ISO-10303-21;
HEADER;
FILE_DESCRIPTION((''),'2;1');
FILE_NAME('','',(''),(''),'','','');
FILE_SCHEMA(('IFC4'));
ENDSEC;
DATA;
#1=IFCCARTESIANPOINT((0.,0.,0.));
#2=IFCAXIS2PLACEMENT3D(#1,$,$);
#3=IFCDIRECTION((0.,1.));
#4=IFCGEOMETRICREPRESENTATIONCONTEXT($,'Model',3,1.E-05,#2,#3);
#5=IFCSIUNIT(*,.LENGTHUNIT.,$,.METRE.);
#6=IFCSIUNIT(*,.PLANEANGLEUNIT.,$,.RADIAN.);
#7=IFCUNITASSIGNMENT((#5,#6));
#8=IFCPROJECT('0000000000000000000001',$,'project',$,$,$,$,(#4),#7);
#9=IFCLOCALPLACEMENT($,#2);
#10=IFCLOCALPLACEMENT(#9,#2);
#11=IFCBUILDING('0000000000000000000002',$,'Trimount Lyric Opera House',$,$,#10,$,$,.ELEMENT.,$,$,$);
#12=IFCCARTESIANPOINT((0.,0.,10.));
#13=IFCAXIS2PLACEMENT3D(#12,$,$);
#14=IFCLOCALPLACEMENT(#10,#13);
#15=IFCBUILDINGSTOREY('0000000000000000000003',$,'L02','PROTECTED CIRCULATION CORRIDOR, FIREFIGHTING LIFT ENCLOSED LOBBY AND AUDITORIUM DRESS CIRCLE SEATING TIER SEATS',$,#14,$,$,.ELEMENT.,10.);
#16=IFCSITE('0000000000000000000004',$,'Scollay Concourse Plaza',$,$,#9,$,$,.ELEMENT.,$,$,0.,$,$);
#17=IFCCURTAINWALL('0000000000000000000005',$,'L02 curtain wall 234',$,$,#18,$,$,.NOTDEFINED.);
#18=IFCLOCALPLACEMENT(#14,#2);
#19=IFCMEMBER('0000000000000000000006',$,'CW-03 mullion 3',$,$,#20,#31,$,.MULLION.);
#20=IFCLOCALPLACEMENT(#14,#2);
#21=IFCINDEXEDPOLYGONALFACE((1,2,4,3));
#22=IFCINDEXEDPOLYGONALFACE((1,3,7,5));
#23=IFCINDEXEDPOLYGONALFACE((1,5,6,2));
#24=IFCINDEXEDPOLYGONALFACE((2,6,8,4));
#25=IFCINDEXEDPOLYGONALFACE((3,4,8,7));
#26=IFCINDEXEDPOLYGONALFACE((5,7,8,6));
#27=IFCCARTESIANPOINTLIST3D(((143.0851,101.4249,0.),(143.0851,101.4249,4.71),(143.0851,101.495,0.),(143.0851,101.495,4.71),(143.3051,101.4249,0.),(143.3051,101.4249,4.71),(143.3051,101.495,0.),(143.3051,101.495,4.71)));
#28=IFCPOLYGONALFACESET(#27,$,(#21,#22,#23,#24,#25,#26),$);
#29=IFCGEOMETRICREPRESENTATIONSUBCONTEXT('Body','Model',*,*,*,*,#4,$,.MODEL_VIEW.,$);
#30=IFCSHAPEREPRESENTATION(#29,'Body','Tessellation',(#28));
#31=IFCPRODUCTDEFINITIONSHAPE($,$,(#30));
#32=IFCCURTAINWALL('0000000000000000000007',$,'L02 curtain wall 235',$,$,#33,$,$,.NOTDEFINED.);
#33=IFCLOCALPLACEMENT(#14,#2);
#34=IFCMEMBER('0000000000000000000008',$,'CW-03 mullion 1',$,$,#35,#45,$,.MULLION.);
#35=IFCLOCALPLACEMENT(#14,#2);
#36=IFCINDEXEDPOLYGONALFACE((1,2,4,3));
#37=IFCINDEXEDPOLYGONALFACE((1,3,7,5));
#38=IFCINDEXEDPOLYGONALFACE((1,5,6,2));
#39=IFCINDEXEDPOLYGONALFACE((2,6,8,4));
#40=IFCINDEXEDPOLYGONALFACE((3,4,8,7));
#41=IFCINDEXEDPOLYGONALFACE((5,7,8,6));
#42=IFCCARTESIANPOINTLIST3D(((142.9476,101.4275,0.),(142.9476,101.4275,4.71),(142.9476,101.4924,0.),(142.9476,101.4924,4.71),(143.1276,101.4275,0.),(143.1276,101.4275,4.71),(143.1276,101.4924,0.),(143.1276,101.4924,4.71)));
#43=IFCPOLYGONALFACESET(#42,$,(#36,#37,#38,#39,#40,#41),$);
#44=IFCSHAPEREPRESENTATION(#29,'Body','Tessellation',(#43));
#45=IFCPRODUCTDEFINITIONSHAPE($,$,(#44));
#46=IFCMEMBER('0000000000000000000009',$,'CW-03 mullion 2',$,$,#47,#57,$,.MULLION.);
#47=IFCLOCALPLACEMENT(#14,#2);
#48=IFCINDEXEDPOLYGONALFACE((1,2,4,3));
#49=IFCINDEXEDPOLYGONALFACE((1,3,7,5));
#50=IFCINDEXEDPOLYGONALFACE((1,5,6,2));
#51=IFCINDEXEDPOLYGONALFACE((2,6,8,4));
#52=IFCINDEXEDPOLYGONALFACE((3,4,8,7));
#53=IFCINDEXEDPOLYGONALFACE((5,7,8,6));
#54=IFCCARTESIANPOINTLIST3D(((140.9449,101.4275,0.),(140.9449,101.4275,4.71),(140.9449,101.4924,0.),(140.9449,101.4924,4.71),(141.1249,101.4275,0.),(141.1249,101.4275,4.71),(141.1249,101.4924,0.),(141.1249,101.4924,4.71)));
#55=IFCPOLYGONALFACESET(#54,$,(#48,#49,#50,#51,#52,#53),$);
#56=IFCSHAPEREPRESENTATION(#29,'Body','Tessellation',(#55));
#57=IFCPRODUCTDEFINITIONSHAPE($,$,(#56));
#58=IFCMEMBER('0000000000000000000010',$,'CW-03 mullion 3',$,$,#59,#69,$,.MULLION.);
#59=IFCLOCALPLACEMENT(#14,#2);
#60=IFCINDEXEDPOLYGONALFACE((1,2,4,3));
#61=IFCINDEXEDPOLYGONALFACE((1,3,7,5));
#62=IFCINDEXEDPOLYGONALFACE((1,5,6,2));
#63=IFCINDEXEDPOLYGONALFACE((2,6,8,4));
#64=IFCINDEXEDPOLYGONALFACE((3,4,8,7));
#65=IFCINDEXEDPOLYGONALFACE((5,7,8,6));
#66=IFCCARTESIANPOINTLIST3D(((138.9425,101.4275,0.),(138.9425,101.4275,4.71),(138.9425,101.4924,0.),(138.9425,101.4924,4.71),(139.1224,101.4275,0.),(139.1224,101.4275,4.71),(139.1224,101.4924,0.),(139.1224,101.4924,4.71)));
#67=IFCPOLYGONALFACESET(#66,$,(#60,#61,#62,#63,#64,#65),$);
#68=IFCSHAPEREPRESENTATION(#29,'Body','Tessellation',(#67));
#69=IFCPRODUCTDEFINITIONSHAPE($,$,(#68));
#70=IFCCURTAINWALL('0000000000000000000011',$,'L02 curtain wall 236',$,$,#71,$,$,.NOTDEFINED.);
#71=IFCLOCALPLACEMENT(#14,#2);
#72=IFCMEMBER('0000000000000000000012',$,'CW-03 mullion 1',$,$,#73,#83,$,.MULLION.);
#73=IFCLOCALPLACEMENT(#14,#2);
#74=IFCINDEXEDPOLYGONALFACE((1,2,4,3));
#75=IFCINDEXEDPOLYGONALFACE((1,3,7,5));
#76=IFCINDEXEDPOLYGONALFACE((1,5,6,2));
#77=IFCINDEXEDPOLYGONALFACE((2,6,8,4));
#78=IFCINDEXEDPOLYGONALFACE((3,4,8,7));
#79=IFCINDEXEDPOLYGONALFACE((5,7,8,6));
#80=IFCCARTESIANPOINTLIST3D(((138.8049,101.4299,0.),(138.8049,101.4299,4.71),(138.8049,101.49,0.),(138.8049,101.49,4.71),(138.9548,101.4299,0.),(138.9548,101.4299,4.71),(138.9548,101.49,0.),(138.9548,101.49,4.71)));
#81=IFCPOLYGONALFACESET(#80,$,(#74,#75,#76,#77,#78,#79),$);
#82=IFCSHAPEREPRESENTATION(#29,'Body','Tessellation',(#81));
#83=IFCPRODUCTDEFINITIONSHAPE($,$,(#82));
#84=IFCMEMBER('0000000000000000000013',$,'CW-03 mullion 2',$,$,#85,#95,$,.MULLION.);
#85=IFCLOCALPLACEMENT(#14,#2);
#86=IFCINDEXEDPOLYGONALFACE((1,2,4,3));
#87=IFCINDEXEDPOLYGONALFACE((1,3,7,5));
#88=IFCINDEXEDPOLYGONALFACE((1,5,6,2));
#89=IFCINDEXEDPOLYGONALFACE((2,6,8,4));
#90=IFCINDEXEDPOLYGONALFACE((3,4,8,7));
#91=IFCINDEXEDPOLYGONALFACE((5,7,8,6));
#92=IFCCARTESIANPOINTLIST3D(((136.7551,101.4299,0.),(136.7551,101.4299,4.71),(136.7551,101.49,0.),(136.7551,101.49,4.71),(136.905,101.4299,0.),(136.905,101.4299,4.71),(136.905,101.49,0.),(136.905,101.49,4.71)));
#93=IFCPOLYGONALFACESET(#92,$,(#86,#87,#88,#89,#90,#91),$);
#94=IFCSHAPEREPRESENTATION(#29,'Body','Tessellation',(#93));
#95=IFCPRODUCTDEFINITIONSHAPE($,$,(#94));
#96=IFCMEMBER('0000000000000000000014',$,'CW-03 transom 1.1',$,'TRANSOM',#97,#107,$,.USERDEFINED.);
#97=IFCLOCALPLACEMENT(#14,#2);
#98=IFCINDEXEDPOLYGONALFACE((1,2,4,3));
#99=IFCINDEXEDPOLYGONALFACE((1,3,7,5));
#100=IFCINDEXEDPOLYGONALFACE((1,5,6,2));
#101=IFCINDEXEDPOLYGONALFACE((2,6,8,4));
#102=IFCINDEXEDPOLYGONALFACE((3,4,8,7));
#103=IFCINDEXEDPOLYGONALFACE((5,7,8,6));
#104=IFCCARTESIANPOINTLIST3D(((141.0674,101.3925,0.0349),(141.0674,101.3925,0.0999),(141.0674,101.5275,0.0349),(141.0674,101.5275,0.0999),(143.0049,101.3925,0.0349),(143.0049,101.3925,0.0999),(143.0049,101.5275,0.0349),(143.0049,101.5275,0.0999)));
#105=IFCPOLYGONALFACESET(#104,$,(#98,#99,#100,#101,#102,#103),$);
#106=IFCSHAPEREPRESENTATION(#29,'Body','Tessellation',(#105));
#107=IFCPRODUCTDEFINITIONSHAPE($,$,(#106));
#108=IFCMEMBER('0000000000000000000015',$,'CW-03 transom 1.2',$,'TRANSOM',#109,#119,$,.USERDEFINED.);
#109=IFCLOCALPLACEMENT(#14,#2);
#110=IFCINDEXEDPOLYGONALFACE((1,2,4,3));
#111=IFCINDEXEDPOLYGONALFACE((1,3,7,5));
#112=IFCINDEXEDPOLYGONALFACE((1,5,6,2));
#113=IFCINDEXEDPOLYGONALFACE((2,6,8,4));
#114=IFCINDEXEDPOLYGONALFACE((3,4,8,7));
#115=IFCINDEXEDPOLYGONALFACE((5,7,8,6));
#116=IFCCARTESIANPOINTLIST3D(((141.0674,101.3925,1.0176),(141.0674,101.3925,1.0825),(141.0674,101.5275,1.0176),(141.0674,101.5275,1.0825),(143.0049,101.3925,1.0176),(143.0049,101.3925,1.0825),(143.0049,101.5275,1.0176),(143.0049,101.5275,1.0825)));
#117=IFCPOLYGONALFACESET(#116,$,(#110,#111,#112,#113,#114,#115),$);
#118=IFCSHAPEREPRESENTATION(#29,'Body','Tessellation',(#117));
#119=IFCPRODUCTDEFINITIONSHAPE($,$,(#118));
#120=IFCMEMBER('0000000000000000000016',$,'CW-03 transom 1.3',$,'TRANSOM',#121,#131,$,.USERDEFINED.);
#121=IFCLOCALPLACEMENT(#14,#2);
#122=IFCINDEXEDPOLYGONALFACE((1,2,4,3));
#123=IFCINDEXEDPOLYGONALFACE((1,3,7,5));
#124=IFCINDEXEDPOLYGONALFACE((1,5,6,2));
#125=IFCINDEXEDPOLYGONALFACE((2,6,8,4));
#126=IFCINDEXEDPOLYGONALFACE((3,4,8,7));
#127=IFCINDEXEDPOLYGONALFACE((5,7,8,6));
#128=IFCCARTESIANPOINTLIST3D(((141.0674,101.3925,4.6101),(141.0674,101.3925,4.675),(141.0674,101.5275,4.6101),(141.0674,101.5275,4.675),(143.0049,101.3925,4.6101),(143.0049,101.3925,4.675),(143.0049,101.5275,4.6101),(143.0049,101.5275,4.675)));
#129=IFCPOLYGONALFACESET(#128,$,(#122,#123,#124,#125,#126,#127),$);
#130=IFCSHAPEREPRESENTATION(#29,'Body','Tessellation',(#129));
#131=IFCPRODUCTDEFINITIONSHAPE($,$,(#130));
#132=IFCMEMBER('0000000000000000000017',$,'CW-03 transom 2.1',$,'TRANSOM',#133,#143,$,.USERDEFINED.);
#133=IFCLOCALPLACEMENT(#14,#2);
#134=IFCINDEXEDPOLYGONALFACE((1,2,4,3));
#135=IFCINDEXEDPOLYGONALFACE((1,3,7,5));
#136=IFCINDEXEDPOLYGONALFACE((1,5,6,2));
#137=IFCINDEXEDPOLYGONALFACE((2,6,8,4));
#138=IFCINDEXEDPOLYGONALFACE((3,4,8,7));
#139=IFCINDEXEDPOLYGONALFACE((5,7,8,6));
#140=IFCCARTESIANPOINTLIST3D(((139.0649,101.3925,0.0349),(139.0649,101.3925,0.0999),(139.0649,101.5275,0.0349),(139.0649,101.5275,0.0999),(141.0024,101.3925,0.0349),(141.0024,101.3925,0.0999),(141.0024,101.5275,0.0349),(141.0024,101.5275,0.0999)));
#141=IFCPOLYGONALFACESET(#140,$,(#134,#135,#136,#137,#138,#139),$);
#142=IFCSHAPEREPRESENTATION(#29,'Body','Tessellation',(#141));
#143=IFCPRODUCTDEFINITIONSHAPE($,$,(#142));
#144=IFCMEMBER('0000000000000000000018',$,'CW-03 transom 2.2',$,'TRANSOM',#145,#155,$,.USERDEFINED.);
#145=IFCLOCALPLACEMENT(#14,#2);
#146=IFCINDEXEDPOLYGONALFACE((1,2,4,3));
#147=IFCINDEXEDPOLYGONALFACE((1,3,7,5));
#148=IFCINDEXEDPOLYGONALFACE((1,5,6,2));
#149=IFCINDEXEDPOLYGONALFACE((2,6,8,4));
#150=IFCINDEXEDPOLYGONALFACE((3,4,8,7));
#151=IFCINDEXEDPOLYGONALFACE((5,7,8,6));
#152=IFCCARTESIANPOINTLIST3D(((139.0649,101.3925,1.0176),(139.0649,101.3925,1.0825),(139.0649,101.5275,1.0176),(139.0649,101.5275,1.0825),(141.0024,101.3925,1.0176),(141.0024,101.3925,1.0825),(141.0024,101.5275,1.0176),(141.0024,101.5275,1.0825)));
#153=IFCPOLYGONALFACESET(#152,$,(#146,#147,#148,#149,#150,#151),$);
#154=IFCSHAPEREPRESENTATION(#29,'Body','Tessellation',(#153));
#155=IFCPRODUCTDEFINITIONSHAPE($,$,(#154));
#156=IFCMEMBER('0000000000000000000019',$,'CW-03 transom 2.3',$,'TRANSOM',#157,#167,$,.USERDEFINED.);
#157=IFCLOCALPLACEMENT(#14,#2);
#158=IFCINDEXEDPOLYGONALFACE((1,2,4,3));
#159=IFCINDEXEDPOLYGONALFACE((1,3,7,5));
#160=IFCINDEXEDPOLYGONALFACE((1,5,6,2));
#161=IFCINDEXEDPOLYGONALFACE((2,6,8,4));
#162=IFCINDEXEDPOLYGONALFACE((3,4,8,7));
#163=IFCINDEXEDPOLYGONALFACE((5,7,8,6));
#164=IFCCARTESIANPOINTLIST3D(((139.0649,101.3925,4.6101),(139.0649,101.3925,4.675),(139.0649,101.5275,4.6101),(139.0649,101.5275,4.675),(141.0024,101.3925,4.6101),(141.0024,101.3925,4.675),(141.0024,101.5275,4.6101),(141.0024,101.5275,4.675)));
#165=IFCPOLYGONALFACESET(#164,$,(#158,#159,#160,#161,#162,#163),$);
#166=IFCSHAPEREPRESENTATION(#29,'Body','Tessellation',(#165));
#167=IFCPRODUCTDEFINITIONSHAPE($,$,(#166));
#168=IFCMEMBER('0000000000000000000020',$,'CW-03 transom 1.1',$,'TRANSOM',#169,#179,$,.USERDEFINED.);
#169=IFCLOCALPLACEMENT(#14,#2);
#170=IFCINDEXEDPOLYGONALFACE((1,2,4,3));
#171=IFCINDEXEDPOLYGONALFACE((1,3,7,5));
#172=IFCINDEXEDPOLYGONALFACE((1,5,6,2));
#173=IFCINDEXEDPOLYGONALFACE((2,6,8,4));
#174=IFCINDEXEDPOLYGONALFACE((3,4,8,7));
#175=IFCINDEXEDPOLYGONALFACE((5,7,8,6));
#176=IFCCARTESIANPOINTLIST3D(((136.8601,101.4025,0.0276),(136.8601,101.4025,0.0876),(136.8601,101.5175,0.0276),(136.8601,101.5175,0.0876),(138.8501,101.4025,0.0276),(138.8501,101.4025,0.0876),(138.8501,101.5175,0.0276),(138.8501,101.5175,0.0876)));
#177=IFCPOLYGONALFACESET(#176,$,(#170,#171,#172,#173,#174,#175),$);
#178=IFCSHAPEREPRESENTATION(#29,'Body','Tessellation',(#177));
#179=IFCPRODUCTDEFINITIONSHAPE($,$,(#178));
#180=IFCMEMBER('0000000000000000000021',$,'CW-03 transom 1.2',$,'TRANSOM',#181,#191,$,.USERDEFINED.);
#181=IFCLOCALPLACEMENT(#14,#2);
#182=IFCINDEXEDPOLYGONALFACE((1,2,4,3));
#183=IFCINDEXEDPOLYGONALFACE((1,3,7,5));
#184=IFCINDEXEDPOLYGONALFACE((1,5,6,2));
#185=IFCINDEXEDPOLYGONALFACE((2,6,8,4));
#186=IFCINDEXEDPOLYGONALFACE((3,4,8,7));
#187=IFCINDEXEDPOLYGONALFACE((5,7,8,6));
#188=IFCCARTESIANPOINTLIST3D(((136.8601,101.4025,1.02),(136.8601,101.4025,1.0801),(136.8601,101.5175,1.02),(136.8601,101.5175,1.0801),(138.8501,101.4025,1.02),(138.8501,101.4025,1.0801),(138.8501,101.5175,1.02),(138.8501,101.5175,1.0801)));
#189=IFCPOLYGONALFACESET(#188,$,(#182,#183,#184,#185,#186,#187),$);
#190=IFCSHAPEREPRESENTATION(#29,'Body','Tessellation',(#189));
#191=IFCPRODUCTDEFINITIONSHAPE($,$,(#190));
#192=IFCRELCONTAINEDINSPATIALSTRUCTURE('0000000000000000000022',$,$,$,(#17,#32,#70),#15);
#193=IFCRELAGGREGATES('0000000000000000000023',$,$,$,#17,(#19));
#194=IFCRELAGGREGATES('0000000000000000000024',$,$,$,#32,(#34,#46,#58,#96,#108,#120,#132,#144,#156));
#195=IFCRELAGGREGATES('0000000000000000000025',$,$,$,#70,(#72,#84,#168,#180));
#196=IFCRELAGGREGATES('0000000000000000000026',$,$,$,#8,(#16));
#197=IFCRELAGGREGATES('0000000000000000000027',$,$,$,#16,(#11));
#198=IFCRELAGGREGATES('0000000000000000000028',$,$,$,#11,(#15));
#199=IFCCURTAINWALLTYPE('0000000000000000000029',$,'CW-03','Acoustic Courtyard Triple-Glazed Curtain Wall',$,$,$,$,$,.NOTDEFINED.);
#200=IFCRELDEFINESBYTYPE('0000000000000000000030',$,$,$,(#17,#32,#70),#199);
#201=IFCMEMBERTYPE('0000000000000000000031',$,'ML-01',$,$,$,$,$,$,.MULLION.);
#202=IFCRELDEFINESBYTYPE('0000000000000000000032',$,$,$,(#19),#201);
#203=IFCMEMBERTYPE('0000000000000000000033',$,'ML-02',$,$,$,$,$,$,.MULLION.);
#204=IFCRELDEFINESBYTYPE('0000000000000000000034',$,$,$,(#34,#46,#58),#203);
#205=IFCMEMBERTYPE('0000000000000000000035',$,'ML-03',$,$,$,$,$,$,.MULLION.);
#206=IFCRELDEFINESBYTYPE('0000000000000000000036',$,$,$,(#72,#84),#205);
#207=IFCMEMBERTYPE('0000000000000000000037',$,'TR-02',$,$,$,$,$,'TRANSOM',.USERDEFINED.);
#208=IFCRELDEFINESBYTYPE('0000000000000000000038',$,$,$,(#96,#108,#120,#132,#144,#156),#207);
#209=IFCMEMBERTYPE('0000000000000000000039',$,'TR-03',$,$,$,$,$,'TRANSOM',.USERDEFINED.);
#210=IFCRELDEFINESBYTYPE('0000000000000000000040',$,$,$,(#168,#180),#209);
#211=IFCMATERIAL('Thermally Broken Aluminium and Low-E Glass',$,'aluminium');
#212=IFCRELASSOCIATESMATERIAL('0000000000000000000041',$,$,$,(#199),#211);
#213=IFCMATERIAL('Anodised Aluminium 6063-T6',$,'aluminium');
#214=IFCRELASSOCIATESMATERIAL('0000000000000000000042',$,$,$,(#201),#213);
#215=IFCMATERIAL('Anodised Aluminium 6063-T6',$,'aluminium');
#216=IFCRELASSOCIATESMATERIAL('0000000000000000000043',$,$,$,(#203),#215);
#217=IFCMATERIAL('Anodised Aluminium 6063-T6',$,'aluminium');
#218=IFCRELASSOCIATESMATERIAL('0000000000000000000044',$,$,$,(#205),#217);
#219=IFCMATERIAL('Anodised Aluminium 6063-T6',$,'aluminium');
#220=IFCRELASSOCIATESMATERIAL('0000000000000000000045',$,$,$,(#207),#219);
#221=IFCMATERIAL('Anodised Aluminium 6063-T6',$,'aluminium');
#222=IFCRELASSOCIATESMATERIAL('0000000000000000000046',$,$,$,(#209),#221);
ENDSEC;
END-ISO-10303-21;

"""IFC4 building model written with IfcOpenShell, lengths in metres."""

from ifc_helpers import new_model, si_unit, direction, frame, origin, origin_2d, place, context, subcontext, project, spatial, rectangle, extrude, material, material_profile, profile_set, type_object, element, aggregate, save


model = new_model("IFC4")

# Units and contexts
model_context = context("Model", 3, precision=1e-05, world=origin(), true_north=direction((0.0, 1.0)))
body_context = subcontext(model_context, "Body", "Model", "MODEL_VIEW")
ifc_project = project(units=[si_unit("LENGTHUNIT", "METRE"), si_unit("PLANEANGLEUNIT", "RADIAN")], contexts=[model_context])

# Site, building, storey
site_placement = place(None, origin())
site = spatial("IfcSite", under=ifc_project, at=site_placement, Name="Scollay Concourse Plaza", CompositionType="ELEMENT", RefElevation=0.0)
building_placement = place(site_placement, origin())
building = spatial("IfcBuilding", under=site, at=building_placement, Name="Trimount Lyric Opera House", CompositionType="ELEMENT")
storey_placement = place(building_placement, frame((0.0, 0.0, 10.0)))
storey = spatial("IfcBuildingStorey", under=building, at=storey_placement, Name="L02", Description="PROTECTED CIRCULATION CORRIDOR, FIREFIGHTING LIFT ENCLOSED LOBBY AND AUDITORIUM DRESS CIRCLE SEATING TIER SEATS", CompositionType="ELEMENT", Elevation=10.0)

# Curtain wall, member
ifc_material_1 = material(Name="Thermally Broken Aluminium and Low-E Glass", Category="aluminium")
curtain_wall_type = type_object("IfcCurtainWallType", Name="CW-03", Description="Acoustic Courtyard Triple-Glazed Curtain Wall", PredefinedType="NOTDEFINED", material=ifc_material_1)
curtain_wall_1_placement = place(storey_placement, origin())
curtain_wall_1 = element("IfcCurtainWall", 1, at=curtain_wall_1_placement, inside=storey, type_object=curtain_wall_type, Name="L02 curtain wall 234", PredefinedType="NOTDEFINED")
ifc_material_2 = material(Name="Anodised Aluminium 6063-T6", Category="aluminium")
ifc_material_profile_1 = material_profile(ifc_material_2, rectangle(XDim=0.0701, YDim=0.22, at=origin_2d()), Name="ALU-MULL-70X220")
ifc_profile_set_1 = profile_set([ifc_material_profile_1], Name="Anodised Aluminium 6063-T6")
member_type_1 = type_object("IfcMemberType", Name="ML-01", PredefinedType="MULLION", material=ifc_profile_set_1)
member_1_placement = place(storey_placement, frame((143.1951, 101.46, 0.0), z_axis=(0.0, 0.0, 1.0), x_axis=(0.0, -1.0, 0.0)))
member_1 = element("IfcMember", 2, at=member_1_placement, type_object=member_type_1, Name="CW-03 mullion 3", PredefinedType="MULLION", context=body_context, shape_type="SweptSolid", body=[
    extrude(rectangle(XDim=0.0701, YDim=0.22, at=origin_2d()), origin(), (0.0, 0.0, 1.0), 4.71),
])

# Curtain walls, members
curtain_wall_2_placement = place(storey_placement, origin())
curtain_wall_2 = element("IfcCurtainWall", 3, at=curtain_wall_2_placement, inside=storey, type_object=curtain_wall_type, Name="L02 curtain wall 235", PredefinedType="NOTDEFINED")
ifc_material_3 = material(Name="Anodised Aluminium 6063-T6", Category="aluminium")
ifc_material_profile_2 = material_profile(ifc_material_3, rectangle(XDim=0.0649, YDim=0.1799, at=origin_2d()), Name="ALU-MULL-65X180")
ifc_profile_set_2 = profile_set([ifc_material_profile_2], Name="Anodised Aluminium 6063-T6")
member_type_2 = type_object("IfcMemberType", Name="ML-02", PredefinedType="MULLION", material=ifc_profile_set_2)
member_2_placement = place(storey_placement, frame((143.0376, 101.46, 0.0), z_axis=(0.0, 0.0, 1.0), x_axis=(0.0, -1.0, 0.0)))
member_2 = element("IfcMember", 4, at=member_2_placement, type_object=member_type_2, Name="CW-03 mullion 1", PredefinedType="MULLION", context=body_context, shape_type="SweptSolid", body=[
    extrude(rectangle(XDim=0.0649, YDim=0.1799, at=origin_2d()), origin(), (0.0, 0.0, 1.0), 4.71),
])
member_3_placement = place(storey_placement, frame((141.0349, 101.46, 0.0), z_axis=(0.0, 0.0, 1.0), x_axis=(0.0, -1.0, 0.0)))
member_3 = element("IfcMember", 5, at=member_3_placement, type_object=member_type_2, Name="CW-03 mullion 2", PredefinedType="MULLION", context=body_context, shape_type="SweptSolid", body=[
    extrude(rectangle(XDim=0.0649, YDim=0.1799, at=origin_2d()), origin(), (0.0, 0.0, 1.0), 4.71),
])
member_4_placement = place(storey_placement, frame((139.0325, 101.46, 0.0), z_axis=(0.0, 0.0, 1.0), x_axis=(0.0, -1.0, 0.0)))
member_4 = element("IfcMember", 6, at=member_4_placement, type_object=member_type_2, Name="CW-03 mullion 3", PredefinedType="MULLION", context=body_context, shape_type="SweptSolid", body=[
    extrude(rectangle(XDim=0.0649, YDim=0.1799, at=origin_2d()), origin(), (0.0, 0.0, 1.0), 4.71),
])
curtain_wall_3_placement = place(storey_placement, origin())
curtain_wall_3 = element("IfcCurtainWall", 7, at=curtain_wall_3_placement, inside=storey, type_object=curtain_wall_type, Name="L02 curtain wall 236", PredefinedType="NOTDEFINED")
ifc_material_4 = material(Name="Anodised Aluminium 6063-T6", Category="aluminium")
ifc_material_profile_3 = material_profile(ifc_material_4, rectangle(XDim=0.0601, YDim=0.1499, at=origin_2d()), Name="ALU-MULL-60X150")
ifc_profile_set_3 = profile_set([ifc_material_profile_3], Name="Anodised Aluminium 6063-T6")
member_type_3 = type_object("IfcMemberType", Name="ML-03", PredefinedType="MULLION", material=ifc_profile_set_3)
member_5_placement = place(storey_placement, frame((138.8799, 101.46, 0.0), z_axis=(0.0, 0.0, 1.0), x_axis=(0.0, -1.0, 0.0)))
member_5 = element("IfcMember", 8, at=member_5_placement, type_object=member_type_3, Name="CW-03 mullion 1", PredefinedType="MULLION", context=body_context, shape_type="SweptSolid", body=[
    extrude(rectangle(XDim=0.0601, YDim=0.1499, at=origin_2d()), origin(), (0.0, 0.0, 1.0), 4.71),
])
member_6_placement = place(storey_placement, frame((136.8301, 101.46, 0.0), z_axis=(0.0, 0.0, 1.0), x_axis=(0.0, -1.0, 0.0)))
member_6 = element("IfcMember", 9, at=member_6_placement, type_object=member_type_3, Name="CW-03 mullion 2", PredefinedType="MULLION", context=body_context, shape_type="SweptSolid", body=[
    extrude(rectangle(XDim=0.0601, YDim=0.1499, at=origin_2d()), origin(), (0.0, 0.0, 1.0), 4.71),
])

# Members
ifc_material_5 = material(Name="Anodised Aluminium 6063-T6", Category="aluminium")
ifc_material_profile_4 = material_profile(ifc_material_5, rectangle(XDim=0.135, YDim=0.0649, at=origin_2d()), Name="ALU-TRAN-65X135")
ifc_profile_set_4 = profile_set([ifc_material_profile_4], Name="Anodised Aluminium 6063-T6")
member_type_4 = type_object("IfcMemberType", Name="TR-02", ElementType="TRANSOM", PredefinedType="USERDEFINED", material=ifc_profile_set_4)
member_7_placement = place(storey_placement, frame((143.0049, 101.46, 0.0674), z_axis=(-1.0, 0.0, 0.0), x_axis=(0.0, -1.0, 0.0)))
member_7 = element("IfcMember", 10, at=member_7_placement, type_object=member_type_4, Name="CW-03 transom 1.1", ObjectType="TRANSOM", PredefinedType="USERDEFINED", context=body_context, shape_type="SweptSolid", body=[
    extrude(rectangle(XDim=0.135, YDim=0.0649, at=origin_2d()), origin(), (0.0, 0.0, 1.0), 1.9375),
])
member_8_placement = place(storey_placement, frame((143.0049, 101.46, 1.05), z_axis=(-1.0, 0.0, 0.0), x_axis=(0.0, -1.0, 0.0)))
member_8 = element("IfcMember", 11, at=member_8_placement, type_object=member_type_4, Name="CW-03 transom 1.2", ObjectType="TRANSOM", PredefinedType="USERDEFINED", context=body_context, shape_type="SweptSolid", body=[
    extrude(rectangle(XDim=0.135, YDim=0.0649, at=origin_2d()), origin(), (0.0, 0.0, 1.0), 1.9375),
])
member_9_placement = place(storey_placement, frame((143.0049, 101.46, 4.6426), z_axis=(-1.0, 0.0, 0.0), x_axis=(0.0, -1.0, 0.0)))
member_9 = element("IfcMember", 12, at=member_9_placement, type_object=member_type_4, Name="CW-03 transom 1.3", ObjectType="TRANSOM", PredefinedType="USERDEFINED", context=body_context, shape_type="SweptSolid", body=[
    extrude(rectangle(XDim=0.135, YDim=0.0649, at=origin_2d()), origin(), (0.0, 0.0, 1.0), 1.9375),
])
member_10_placement = place(storey_placement, frame((141.0024, 101.46, 0.0674), z_axis=(-1.0, 0.0, 0.0), x_axis=(0.0, -1.0, 0.0)))
member_10 = element("IfcMember", 13, at=member_10_placement, type_object=member_type_4, Name="CW-03 transom 2.1", ObjectType="TRANSOM", PredefinedType="USERDEFINED", context=body_context, shape_type="SweptSolid", body=[
    extrude(rectangle(XDim=0.135, YDim=0.0649, at=origin_2d()), origin(), (0.0, 0.0, 1.0), 1.9375),
])
member_11_placement = place(storey_placement, frame((141.0024, 101.46, 1.05), z_axis=(-1.0, 0.0, 0.0), x_axis=(0.0, -1.0, 0.0)))
member_11 = element("IfcMember", 14, at=member_11_placement, type_object=member_type_4, Name="CW-03 transom 2.2", ObjectType="TRANSOM", PredefinedType="USERDEFINED", context=body_context, shape_type="SweptSolid", body=[
    extrude(rectangle(XDim=0.135, YDim=0.0649, at=origin_2d()), origin(), (0.0, 0.0, 1.0), 1.9375),
])
member_12_placement = place(storey_placement, frame((141.0024, 101.46, 4.6426), z_axis=(-1.0, 0.0, 0.0), x_axis=(0.0, -1.0, 0.0)))
member_12 = element("IfcMember", 15, at=member_12_placement, type_object=member_type_4, Name="CW-03 transom 2.3", ObjectType="TRANSOM", PredefinedType="USERDEFINED", context=body_context, shape_type="SweptSolid", body=[
    extrude(rectangle(XDim=0.135, YDim=0.0649, at=origin_2d()), origin(), (0.0, 0.0, 1.0), 1.9375),
])
ifc_material_6 = material(Name="Anodised Aluminium 6063-T6", Category="aluminium")
ifc_material_profile_5 = material_profile(ifc_material_6, rectangle(XDim=0.115, YDim=0.0601, at=origin_2d()), Name="ALU-TRAN-60X115")
ifc_profile_set_5 = profile_set([ifc_material_profile_5], Name="Anodised Aluminium 6063-T6")
member_type_5 = type_object("IfcMemberType", Name="TR-03", ElementType="TRANSOM", PredefinedType="USERDEFINED", material=ifc_profile_set_5)
member_13_placement = place(storey_placement, frame((138.8501, 101.46, 0.0576), z_axis=(-1.0, 0.0, 0.0), x_axis=(0.0, -1.0, 0.0)))
member_13 = element("IfcMember", 16, at=member_13_placement, type_object=member_type_5, Name="CW-03 transom 1.1", ObjectType="TRANSOM", PredefinedType="USERDEFINED", context=body_context, shape_type="SweptSolid", body=[
    extrude(rectangle(XDim=0.115, YDim=0.0601, at=origin_2d()), origin(), (0.0, 0.0, 1.0), 1.99),
])
member_14_placement = place(storey_placement, frame((138.8501, 101.46, 1.05), z_axis=(-1.0, 0.0, 0.0), x_axis=(0.0, -1.0, 0.0)))
member_14 = element("IfcMember", 17, at=member_14_placement, type_object=member_type_5, Name="CW-03 transom 1.2", ObjectType="TRANSOM", PredefinedType="USERDEFINED", context=body_context, shape_type="SweptSolid", body=[
    extrude(rectangle(XDim=0.115, YDim=0.0601, at=origin_2d()), origin(), (0.0, 0.0, 1.0), 1.99),
])

aggregate(curtain_wall_1, [member_1])
aggregate(curtain_wall_2, [member_2, member_3, member_4, member_7, member_8, member_9, member_10, member_11, member_12])
aggregate(curtain_wall_3, [member_5, member_6, member_13, member_14])

save(model, "model.ifc")
